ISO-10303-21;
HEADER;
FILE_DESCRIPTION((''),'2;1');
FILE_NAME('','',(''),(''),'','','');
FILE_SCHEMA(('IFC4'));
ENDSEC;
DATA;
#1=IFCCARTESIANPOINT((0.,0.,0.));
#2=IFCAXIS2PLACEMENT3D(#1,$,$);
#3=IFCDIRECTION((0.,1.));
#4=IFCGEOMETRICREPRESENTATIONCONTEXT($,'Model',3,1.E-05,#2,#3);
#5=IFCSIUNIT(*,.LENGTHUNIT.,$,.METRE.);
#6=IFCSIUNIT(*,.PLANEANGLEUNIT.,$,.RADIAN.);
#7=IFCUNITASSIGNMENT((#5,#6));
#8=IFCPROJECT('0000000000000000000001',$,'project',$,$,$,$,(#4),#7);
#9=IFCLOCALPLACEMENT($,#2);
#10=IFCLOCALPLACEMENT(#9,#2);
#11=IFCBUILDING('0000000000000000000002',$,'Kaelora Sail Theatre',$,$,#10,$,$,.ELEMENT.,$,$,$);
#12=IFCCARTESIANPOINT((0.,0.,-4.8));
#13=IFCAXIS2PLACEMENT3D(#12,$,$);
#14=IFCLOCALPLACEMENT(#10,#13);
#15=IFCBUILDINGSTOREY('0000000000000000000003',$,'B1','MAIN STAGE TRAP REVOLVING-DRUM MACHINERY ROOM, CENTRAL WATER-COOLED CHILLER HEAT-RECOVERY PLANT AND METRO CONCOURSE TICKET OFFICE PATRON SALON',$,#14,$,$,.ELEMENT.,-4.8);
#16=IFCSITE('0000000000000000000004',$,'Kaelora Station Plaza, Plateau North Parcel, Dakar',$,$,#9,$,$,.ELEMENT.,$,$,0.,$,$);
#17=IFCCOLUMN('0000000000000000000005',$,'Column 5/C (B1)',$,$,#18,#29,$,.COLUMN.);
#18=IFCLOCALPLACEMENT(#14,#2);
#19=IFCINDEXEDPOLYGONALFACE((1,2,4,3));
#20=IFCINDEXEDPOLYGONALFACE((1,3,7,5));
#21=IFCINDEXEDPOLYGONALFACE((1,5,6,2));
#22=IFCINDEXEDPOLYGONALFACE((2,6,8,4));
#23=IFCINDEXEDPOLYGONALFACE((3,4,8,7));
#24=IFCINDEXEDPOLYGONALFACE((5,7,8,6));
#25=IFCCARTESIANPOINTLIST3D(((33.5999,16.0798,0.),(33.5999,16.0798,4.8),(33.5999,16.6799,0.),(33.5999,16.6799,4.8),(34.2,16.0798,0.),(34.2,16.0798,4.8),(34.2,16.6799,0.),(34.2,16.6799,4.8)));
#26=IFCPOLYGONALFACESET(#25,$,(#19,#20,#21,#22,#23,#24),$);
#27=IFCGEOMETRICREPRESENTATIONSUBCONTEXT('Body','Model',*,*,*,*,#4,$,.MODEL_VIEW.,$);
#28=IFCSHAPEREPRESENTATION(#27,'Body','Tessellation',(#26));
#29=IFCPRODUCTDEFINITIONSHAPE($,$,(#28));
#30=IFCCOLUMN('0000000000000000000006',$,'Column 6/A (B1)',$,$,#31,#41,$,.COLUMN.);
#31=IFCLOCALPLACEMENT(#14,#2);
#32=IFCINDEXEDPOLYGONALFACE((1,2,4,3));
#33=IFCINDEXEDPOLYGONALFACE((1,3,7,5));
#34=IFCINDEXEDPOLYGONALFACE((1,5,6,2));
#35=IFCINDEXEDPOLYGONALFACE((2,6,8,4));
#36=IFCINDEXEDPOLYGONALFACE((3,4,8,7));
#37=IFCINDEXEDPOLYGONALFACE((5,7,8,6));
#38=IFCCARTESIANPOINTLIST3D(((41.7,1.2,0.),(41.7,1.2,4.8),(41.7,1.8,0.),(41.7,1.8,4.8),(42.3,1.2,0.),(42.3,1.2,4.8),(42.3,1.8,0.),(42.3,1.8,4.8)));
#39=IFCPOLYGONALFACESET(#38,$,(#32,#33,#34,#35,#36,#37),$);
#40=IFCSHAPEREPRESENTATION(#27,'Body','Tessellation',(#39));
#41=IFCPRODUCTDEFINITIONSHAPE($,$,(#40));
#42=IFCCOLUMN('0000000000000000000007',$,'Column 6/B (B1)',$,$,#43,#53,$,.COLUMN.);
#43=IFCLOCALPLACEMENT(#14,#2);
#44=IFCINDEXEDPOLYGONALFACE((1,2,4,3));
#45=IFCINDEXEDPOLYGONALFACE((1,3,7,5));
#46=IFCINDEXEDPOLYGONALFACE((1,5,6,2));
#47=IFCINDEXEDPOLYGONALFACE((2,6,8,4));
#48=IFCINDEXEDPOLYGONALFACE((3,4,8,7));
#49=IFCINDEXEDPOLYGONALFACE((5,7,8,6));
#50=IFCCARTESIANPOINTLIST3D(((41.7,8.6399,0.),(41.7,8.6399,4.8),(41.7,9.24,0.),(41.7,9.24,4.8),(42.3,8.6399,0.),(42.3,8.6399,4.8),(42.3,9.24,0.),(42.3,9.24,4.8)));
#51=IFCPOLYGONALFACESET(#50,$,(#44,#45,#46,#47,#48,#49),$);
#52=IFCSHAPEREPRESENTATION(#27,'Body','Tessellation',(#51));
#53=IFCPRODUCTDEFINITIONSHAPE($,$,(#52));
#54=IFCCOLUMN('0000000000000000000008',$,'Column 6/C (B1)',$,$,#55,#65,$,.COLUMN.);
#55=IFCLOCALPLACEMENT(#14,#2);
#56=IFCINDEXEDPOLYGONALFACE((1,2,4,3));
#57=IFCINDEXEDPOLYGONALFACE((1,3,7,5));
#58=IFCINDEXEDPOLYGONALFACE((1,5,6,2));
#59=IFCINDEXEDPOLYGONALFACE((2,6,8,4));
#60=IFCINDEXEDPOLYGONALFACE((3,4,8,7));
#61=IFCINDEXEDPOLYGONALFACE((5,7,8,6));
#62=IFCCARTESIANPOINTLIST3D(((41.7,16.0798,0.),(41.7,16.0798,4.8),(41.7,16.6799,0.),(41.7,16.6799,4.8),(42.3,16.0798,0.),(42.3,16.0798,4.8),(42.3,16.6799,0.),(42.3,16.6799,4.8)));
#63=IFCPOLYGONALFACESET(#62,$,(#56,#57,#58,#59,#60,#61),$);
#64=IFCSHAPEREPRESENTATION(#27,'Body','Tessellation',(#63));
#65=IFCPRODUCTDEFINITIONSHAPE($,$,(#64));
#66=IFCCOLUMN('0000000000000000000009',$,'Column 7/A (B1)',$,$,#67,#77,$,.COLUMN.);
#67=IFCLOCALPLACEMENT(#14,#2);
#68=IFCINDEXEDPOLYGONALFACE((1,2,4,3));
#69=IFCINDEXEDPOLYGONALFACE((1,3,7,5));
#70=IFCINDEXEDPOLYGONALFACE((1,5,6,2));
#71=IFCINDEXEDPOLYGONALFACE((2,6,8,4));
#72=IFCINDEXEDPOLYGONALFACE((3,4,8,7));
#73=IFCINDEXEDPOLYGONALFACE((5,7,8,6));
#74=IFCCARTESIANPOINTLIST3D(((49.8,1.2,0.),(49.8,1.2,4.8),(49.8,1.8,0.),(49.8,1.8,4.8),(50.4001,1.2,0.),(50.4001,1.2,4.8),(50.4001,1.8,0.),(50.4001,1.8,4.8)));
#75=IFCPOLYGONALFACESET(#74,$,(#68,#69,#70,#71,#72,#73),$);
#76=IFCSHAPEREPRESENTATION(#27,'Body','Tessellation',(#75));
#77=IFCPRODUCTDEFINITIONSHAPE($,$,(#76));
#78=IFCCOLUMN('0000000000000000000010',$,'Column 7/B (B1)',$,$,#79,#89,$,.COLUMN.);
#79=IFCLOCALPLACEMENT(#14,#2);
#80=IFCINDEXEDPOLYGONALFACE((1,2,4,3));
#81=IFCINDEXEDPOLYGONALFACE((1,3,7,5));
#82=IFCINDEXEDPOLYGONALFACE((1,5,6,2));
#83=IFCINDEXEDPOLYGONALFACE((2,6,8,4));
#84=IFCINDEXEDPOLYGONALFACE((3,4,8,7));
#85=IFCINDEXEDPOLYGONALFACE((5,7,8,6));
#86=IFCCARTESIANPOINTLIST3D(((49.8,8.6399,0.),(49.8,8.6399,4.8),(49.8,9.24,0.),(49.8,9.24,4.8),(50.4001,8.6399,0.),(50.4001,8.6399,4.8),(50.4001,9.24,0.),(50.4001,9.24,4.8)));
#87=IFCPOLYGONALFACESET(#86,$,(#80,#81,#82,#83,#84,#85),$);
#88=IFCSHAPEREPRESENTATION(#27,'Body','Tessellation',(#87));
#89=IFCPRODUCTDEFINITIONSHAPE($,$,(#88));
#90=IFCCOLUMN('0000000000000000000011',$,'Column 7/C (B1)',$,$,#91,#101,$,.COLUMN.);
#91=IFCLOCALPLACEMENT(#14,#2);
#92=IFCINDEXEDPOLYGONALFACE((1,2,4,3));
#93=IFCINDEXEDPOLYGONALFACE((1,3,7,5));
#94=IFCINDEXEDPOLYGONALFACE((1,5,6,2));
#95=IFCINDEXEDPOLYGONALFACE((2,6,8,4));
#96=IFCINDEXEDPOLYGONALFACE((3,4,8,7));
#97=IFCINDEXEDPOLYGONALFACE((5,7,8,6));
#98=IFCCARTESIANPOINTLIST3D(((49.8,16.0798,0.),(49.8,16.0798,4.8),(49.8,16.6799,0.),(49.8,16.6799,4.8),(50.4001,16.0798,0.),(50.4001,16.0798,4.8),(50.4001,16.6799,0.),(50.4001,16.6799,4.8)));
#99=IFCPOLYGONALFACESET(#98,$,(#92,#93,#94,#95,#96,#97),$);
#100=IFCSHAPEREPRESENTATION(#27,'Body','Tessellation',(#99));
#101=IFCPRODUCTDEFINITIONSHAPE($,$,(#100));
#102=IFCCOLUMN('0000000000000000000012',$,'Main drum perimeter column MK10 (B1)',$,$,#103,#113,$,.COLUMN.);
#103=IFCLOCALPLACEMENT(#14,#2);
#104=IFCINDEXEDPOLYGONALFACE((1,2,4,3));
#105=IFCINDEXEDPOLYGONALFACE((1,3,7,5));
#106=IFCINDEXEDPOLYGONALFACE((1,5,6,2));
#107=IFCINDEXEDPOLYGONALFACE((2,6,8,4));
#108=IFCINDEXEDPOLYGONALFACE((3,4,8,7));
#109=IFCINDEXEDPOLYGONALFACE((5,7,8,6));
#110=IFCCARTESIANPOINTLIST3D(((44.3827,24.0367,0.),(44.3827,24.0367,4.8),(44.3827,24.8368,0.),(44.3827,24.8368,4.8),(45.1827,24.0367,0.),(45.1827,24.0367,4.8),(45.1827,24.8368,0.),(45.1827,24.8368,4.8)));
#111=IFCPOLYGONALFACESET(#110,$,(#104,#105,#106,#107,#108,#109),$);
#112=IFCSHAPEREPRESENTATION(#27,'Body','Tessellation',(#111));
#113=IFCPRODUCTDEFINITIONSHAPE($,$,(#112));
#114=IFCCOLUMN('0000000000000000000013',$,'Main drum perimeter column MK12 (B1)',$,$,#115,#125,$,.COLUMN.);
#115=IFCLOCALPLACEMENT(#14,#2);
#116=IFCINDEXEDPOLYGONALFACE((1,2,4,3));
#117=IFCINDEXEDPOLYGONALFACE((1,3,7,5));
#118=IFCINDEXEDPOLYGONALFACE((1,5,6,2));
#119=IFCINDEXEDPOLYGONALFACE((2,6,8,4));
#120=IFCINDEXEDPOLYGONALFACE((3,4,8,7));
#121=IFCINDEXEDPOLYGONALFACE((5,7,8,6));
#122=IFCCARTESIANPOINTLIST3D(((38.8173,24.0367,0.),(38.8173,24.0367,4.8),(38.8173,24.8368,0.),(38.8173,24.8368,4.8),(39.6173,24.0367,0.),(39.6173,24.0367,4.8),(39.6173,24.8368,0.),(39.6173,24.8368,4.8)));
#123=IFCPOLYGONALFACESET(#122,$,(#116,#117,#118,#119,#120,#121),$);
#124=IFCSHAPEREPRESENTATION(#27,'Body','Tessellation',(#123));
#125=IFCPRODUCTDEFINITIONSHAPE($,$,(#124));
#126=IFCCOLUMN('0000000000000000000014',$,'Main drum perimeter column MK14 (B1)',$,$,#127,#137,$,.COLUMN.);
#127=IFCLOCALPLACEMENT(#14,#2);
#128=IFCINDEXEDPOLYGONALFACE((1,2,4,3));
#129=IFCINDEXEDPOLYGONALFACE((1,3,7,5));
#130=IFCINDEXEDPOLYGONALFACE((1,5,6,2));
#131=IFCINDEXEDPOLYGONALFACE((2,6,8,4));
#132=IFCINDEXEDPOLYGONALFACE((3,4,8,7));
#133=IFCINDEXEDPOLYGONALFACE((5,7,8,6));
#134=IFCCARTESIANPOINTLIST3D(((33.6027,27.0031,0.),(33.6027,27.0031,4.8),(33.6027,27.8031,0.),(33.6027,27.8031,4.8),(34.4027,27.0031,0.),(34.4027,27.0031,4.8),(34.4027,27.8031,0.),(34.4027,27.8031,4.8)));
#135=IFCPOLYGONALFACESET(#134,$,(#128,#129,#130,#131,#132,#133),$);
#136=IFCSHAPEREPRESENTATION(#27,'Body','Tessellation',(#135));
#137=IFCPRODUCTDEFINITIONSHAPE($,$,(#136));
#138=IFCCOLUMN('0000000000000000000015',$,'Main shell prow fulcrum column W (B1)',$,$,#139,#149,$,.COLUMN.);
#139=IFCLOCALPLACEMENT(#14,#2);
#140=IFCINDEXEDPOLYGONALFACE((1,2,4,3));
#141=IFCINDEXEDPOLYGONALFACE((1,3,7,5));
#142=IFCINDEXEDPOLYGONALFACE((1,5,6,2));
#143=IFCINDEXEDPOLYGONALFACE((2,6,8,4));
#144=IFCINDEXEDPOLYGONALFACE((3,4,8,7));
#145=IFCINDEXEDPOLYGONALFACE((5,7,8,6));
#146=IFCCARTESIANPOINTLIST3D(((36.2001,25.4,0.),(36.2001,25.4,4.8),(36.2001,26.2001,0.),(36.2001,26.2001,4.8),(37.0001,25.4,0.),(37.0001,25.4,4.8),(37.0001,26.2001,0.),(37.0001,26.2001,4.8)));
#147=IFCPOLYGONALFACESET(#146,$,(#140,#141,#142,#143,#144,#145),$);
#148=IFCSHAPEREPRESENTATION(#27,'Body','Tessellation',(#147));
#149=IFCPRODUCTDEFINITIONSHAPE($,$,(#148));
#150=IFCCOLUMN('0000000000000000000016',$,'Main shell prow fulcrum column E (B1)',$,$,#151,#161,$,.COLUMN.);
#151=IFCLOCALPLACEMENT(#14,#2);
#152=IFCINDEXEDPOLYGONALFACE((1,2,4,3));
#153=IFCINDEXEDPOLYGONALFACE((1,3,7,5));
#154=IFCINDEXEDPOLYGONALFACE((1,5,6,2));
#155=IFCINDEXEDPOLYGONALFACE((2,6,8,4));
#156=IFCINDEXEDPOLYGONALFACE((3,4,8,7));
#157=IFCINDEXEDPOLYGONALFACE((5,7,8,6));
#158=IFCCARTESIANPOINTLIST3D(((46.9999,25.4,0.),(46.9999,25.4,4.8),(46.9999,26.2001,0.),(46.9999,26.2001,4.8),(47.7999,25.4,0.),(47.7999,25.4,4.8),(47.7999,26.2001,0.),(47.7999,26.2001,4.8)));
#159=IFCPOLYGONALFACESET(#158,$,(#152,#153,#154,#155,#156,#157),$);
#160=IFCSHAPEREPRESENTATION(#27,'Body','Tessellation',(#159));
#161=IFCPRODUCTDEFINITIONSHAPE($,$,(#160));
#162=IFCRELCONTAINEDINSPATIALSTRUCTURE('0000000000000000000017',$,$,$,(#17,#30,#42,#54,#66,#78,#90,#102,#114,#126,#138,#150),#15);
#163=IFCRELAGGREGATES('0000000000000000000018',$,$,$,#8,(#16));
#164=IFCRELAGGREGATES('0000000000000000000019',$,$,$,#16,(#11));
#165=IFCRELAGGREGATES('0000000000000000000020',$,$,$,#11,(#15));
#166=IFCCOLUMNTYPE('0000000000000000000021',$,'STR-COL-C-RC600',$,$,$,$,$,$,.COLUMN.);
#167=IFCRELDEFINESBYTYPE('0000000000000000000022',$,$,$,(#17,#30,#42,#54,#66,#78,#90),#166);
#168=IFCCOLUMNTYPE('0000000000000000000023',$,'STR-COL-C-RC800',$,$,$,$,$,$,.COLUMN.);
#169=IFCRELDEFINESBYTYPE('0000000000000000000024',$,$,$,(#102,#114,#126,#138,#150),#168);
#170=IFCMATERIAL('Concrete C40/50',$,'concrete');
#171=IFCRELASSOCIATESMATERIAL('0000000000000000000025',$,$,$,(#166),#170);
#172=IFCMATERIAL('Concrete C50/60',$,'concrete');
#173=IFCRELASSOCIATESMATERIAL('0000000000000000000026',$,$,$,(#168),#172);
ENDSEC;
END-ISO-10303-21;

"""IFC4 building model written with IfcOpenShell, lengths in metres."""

from ifc_helpers import new_model, si_unit, direction, frame, origin, origin_2d, place, context, subcontext, project, spatial, rectangle, extrude, material, material_profile, profile_set, type_object, element, save


model = new_model("IFC4")

# Units and contexts
model_context = context("Model", 3, precision=1e-05, world=origin(), true_north=direction((0.0, 1.0)))
body_context = subcontext(model_context, "Body", "Model", "MODEL_VIEW")
ifc_project = project(units=[si_unit("LENGTHUNIT", "METRE"), si_unit("PLANEANGLEUNIT", "RADIAN")], contexts=[model_context])

# Site, building, storey
site_placement = place(None, origin())
site = spatial("IfcSite", under=ifc_project, at=site_placement, Name="Kaelora Station Plaza, Plateau North Parcel, Dakar", CompositionType="ELEMENT", RefElevation=0.0)
building_placement = place(site_placement, origin())
building = spatial("IfcBuilding", under=site, at=building_placement, Name="Kaelora Sail Theatre", CompositionType="ELEMENT")
storey_placement = place(building_placement, frame((0.0, 0.0, -4.8)))
storey = spatial("IfcBuildingStorey", under=building, at=storey_placement, Name="B1", Description="MAIN STAGE TRAP REVOLVING-DRUM MACHINERY ROOM, CENTRAL WATER-COOLED CHILLER HEAT-RECOVERY PLANT AND METRO CONCOURSE TICKET OFFICE PATRON SALON", CompositionType="ELEMENT", Elevation=-4.8)

# Columns
ifc_material_1 = material(Name="Concrete C40/50", Category="concrete")
ifc_material_profile_1 = material_profile(ifc_material_1, rectangle(XDim=0.6001, YDim=0.6001, at=origin_2d()), Name="RC-COL 600x600")
ifc_profile_set_1 = profile_set([ifc_material_profile_1], Name="Concrete C40/50")
column_type_1 = type_object("IfcColumnType", Name="STR-COL-C-RC600", PredefinedType="COLUMN", material=ifc_profile_set_1)
for number, where, z_axis, x_axis, name in (
    (1, (33.8999, 16.3799, 0.0), (0.0, 0.0, 1.0), (1.0, 0.0, 0.0), "Column 5/C (B1)"),
    (2, (42.0, 1.5, 0.0), (0.0, 0.0, 1.0), (1.0, 0.0, 0.0), "Column 6/A (B1)"),
    (3, (42.0, 8.9399, 0.0), (0.0, 0.0, 1.0), (1.0, 0.0, 0.0), "Column 6/B (B1)"),
    (4, (42.0, 16.3799, 0.0), (0.0, 0.0, 1.0), (1.0, 0.0, 0.0), "Column 6/C (B1)"),
    (5, (50.1001, 1.5, 0.0), (0.0, 0.0, 1.0), (1.0, 0.0, 0.0), "Column 7/A (B1)"),
    (6, (50.1001, 8.9399, 0.0), (0.0, 0.0, 1.0), (1.0, 0.0, 0.0), "Column 7/B (B1)"),
    (7, (50.1001, 16.3799, 0.0), (0.0, 0.0, 1.0), (1.0, 0.0, 0.0), "Column 7/C (B1)"),
):
    element("IfcColumn", number, at=place(storey_placement, frame(where, z_axis=z_axis, x_axis=x_axis)), inside=storey, type_object=column_type_1, Name=name, PredefinedType="COLUMN", context=body_context, shape_type="SweptSolid", body=[
        extrude(rectangle(XDim=0.6001, YDim=0.6001, at=origin_2d()), origin(), (0.0, 0.0, 1.0), 4.8),
    ])
ifc_material_2 = material(Name="Concrete C50/60", Category="concrete")
ifc_material_profile_2 = material_profile(ifc_material_2, rectangle(XDim=0.8, YDim=0.8, at=origin_2d()), Name="RC-COL 800x800")
ifc_profile_set_2 = profile_set([ifc_material_profile_2], Name="Concrete C50/60")
column_type_2 = type_object("IfcColumnType", Name="STR-COL-C-RC800", PredefinedType="COLUMN", material=ifc_profile_set_2)
for number, where, z_axis, x_axis, name in (
    (8, (44.7827, 24.4368, 0.0), (0.0, 0.0, 1.0), (1.0, 0.0, 0.0), "Main drum perimeter column MK10 (B1)"),
    (9, (39.2173, 24.4368, 0.0), (0.0, 0.0, 1.0), (1.0, 0.0, 0.0), "Main drum perimeter column MK12 (B1)"),
    (10, (34.0027, 27.4031, 0.0), (0.0, 0.0, 1.0), (1.0, 0.0, 0.0), "Main drum perimeter column MK14 (B1)"),
    (11, (36.6001, 25.8, 0.0), (0.0, 0.0, 1.0), (1.0, 0.0, 0.0), "Main shell prow fulcrum column W (B1)"),
    (12, (47.3999, 25.8, 0.0), (0.0, 0.0, 1.0), (1.0, 0.0, 0.0), "Main shell prow fulcrum column E (B1)"),
):
    element("IfcColumn", number, at=place(storey_placement, frame(where, z_axis=z_axis, x_axis=x_axis)), inside=storey, type_object=column_type_2, Name=name, PredefinedType="COLUMN", context=body_context, shape_type="SweptSolid", body=[
        extrude(rectangle(XDim=0.8, YDim=0.8, at=origin_2d()), origin(), (0.0, 0.0, 1.0), 4.8),
    ])

save(model, "model.ifc")
